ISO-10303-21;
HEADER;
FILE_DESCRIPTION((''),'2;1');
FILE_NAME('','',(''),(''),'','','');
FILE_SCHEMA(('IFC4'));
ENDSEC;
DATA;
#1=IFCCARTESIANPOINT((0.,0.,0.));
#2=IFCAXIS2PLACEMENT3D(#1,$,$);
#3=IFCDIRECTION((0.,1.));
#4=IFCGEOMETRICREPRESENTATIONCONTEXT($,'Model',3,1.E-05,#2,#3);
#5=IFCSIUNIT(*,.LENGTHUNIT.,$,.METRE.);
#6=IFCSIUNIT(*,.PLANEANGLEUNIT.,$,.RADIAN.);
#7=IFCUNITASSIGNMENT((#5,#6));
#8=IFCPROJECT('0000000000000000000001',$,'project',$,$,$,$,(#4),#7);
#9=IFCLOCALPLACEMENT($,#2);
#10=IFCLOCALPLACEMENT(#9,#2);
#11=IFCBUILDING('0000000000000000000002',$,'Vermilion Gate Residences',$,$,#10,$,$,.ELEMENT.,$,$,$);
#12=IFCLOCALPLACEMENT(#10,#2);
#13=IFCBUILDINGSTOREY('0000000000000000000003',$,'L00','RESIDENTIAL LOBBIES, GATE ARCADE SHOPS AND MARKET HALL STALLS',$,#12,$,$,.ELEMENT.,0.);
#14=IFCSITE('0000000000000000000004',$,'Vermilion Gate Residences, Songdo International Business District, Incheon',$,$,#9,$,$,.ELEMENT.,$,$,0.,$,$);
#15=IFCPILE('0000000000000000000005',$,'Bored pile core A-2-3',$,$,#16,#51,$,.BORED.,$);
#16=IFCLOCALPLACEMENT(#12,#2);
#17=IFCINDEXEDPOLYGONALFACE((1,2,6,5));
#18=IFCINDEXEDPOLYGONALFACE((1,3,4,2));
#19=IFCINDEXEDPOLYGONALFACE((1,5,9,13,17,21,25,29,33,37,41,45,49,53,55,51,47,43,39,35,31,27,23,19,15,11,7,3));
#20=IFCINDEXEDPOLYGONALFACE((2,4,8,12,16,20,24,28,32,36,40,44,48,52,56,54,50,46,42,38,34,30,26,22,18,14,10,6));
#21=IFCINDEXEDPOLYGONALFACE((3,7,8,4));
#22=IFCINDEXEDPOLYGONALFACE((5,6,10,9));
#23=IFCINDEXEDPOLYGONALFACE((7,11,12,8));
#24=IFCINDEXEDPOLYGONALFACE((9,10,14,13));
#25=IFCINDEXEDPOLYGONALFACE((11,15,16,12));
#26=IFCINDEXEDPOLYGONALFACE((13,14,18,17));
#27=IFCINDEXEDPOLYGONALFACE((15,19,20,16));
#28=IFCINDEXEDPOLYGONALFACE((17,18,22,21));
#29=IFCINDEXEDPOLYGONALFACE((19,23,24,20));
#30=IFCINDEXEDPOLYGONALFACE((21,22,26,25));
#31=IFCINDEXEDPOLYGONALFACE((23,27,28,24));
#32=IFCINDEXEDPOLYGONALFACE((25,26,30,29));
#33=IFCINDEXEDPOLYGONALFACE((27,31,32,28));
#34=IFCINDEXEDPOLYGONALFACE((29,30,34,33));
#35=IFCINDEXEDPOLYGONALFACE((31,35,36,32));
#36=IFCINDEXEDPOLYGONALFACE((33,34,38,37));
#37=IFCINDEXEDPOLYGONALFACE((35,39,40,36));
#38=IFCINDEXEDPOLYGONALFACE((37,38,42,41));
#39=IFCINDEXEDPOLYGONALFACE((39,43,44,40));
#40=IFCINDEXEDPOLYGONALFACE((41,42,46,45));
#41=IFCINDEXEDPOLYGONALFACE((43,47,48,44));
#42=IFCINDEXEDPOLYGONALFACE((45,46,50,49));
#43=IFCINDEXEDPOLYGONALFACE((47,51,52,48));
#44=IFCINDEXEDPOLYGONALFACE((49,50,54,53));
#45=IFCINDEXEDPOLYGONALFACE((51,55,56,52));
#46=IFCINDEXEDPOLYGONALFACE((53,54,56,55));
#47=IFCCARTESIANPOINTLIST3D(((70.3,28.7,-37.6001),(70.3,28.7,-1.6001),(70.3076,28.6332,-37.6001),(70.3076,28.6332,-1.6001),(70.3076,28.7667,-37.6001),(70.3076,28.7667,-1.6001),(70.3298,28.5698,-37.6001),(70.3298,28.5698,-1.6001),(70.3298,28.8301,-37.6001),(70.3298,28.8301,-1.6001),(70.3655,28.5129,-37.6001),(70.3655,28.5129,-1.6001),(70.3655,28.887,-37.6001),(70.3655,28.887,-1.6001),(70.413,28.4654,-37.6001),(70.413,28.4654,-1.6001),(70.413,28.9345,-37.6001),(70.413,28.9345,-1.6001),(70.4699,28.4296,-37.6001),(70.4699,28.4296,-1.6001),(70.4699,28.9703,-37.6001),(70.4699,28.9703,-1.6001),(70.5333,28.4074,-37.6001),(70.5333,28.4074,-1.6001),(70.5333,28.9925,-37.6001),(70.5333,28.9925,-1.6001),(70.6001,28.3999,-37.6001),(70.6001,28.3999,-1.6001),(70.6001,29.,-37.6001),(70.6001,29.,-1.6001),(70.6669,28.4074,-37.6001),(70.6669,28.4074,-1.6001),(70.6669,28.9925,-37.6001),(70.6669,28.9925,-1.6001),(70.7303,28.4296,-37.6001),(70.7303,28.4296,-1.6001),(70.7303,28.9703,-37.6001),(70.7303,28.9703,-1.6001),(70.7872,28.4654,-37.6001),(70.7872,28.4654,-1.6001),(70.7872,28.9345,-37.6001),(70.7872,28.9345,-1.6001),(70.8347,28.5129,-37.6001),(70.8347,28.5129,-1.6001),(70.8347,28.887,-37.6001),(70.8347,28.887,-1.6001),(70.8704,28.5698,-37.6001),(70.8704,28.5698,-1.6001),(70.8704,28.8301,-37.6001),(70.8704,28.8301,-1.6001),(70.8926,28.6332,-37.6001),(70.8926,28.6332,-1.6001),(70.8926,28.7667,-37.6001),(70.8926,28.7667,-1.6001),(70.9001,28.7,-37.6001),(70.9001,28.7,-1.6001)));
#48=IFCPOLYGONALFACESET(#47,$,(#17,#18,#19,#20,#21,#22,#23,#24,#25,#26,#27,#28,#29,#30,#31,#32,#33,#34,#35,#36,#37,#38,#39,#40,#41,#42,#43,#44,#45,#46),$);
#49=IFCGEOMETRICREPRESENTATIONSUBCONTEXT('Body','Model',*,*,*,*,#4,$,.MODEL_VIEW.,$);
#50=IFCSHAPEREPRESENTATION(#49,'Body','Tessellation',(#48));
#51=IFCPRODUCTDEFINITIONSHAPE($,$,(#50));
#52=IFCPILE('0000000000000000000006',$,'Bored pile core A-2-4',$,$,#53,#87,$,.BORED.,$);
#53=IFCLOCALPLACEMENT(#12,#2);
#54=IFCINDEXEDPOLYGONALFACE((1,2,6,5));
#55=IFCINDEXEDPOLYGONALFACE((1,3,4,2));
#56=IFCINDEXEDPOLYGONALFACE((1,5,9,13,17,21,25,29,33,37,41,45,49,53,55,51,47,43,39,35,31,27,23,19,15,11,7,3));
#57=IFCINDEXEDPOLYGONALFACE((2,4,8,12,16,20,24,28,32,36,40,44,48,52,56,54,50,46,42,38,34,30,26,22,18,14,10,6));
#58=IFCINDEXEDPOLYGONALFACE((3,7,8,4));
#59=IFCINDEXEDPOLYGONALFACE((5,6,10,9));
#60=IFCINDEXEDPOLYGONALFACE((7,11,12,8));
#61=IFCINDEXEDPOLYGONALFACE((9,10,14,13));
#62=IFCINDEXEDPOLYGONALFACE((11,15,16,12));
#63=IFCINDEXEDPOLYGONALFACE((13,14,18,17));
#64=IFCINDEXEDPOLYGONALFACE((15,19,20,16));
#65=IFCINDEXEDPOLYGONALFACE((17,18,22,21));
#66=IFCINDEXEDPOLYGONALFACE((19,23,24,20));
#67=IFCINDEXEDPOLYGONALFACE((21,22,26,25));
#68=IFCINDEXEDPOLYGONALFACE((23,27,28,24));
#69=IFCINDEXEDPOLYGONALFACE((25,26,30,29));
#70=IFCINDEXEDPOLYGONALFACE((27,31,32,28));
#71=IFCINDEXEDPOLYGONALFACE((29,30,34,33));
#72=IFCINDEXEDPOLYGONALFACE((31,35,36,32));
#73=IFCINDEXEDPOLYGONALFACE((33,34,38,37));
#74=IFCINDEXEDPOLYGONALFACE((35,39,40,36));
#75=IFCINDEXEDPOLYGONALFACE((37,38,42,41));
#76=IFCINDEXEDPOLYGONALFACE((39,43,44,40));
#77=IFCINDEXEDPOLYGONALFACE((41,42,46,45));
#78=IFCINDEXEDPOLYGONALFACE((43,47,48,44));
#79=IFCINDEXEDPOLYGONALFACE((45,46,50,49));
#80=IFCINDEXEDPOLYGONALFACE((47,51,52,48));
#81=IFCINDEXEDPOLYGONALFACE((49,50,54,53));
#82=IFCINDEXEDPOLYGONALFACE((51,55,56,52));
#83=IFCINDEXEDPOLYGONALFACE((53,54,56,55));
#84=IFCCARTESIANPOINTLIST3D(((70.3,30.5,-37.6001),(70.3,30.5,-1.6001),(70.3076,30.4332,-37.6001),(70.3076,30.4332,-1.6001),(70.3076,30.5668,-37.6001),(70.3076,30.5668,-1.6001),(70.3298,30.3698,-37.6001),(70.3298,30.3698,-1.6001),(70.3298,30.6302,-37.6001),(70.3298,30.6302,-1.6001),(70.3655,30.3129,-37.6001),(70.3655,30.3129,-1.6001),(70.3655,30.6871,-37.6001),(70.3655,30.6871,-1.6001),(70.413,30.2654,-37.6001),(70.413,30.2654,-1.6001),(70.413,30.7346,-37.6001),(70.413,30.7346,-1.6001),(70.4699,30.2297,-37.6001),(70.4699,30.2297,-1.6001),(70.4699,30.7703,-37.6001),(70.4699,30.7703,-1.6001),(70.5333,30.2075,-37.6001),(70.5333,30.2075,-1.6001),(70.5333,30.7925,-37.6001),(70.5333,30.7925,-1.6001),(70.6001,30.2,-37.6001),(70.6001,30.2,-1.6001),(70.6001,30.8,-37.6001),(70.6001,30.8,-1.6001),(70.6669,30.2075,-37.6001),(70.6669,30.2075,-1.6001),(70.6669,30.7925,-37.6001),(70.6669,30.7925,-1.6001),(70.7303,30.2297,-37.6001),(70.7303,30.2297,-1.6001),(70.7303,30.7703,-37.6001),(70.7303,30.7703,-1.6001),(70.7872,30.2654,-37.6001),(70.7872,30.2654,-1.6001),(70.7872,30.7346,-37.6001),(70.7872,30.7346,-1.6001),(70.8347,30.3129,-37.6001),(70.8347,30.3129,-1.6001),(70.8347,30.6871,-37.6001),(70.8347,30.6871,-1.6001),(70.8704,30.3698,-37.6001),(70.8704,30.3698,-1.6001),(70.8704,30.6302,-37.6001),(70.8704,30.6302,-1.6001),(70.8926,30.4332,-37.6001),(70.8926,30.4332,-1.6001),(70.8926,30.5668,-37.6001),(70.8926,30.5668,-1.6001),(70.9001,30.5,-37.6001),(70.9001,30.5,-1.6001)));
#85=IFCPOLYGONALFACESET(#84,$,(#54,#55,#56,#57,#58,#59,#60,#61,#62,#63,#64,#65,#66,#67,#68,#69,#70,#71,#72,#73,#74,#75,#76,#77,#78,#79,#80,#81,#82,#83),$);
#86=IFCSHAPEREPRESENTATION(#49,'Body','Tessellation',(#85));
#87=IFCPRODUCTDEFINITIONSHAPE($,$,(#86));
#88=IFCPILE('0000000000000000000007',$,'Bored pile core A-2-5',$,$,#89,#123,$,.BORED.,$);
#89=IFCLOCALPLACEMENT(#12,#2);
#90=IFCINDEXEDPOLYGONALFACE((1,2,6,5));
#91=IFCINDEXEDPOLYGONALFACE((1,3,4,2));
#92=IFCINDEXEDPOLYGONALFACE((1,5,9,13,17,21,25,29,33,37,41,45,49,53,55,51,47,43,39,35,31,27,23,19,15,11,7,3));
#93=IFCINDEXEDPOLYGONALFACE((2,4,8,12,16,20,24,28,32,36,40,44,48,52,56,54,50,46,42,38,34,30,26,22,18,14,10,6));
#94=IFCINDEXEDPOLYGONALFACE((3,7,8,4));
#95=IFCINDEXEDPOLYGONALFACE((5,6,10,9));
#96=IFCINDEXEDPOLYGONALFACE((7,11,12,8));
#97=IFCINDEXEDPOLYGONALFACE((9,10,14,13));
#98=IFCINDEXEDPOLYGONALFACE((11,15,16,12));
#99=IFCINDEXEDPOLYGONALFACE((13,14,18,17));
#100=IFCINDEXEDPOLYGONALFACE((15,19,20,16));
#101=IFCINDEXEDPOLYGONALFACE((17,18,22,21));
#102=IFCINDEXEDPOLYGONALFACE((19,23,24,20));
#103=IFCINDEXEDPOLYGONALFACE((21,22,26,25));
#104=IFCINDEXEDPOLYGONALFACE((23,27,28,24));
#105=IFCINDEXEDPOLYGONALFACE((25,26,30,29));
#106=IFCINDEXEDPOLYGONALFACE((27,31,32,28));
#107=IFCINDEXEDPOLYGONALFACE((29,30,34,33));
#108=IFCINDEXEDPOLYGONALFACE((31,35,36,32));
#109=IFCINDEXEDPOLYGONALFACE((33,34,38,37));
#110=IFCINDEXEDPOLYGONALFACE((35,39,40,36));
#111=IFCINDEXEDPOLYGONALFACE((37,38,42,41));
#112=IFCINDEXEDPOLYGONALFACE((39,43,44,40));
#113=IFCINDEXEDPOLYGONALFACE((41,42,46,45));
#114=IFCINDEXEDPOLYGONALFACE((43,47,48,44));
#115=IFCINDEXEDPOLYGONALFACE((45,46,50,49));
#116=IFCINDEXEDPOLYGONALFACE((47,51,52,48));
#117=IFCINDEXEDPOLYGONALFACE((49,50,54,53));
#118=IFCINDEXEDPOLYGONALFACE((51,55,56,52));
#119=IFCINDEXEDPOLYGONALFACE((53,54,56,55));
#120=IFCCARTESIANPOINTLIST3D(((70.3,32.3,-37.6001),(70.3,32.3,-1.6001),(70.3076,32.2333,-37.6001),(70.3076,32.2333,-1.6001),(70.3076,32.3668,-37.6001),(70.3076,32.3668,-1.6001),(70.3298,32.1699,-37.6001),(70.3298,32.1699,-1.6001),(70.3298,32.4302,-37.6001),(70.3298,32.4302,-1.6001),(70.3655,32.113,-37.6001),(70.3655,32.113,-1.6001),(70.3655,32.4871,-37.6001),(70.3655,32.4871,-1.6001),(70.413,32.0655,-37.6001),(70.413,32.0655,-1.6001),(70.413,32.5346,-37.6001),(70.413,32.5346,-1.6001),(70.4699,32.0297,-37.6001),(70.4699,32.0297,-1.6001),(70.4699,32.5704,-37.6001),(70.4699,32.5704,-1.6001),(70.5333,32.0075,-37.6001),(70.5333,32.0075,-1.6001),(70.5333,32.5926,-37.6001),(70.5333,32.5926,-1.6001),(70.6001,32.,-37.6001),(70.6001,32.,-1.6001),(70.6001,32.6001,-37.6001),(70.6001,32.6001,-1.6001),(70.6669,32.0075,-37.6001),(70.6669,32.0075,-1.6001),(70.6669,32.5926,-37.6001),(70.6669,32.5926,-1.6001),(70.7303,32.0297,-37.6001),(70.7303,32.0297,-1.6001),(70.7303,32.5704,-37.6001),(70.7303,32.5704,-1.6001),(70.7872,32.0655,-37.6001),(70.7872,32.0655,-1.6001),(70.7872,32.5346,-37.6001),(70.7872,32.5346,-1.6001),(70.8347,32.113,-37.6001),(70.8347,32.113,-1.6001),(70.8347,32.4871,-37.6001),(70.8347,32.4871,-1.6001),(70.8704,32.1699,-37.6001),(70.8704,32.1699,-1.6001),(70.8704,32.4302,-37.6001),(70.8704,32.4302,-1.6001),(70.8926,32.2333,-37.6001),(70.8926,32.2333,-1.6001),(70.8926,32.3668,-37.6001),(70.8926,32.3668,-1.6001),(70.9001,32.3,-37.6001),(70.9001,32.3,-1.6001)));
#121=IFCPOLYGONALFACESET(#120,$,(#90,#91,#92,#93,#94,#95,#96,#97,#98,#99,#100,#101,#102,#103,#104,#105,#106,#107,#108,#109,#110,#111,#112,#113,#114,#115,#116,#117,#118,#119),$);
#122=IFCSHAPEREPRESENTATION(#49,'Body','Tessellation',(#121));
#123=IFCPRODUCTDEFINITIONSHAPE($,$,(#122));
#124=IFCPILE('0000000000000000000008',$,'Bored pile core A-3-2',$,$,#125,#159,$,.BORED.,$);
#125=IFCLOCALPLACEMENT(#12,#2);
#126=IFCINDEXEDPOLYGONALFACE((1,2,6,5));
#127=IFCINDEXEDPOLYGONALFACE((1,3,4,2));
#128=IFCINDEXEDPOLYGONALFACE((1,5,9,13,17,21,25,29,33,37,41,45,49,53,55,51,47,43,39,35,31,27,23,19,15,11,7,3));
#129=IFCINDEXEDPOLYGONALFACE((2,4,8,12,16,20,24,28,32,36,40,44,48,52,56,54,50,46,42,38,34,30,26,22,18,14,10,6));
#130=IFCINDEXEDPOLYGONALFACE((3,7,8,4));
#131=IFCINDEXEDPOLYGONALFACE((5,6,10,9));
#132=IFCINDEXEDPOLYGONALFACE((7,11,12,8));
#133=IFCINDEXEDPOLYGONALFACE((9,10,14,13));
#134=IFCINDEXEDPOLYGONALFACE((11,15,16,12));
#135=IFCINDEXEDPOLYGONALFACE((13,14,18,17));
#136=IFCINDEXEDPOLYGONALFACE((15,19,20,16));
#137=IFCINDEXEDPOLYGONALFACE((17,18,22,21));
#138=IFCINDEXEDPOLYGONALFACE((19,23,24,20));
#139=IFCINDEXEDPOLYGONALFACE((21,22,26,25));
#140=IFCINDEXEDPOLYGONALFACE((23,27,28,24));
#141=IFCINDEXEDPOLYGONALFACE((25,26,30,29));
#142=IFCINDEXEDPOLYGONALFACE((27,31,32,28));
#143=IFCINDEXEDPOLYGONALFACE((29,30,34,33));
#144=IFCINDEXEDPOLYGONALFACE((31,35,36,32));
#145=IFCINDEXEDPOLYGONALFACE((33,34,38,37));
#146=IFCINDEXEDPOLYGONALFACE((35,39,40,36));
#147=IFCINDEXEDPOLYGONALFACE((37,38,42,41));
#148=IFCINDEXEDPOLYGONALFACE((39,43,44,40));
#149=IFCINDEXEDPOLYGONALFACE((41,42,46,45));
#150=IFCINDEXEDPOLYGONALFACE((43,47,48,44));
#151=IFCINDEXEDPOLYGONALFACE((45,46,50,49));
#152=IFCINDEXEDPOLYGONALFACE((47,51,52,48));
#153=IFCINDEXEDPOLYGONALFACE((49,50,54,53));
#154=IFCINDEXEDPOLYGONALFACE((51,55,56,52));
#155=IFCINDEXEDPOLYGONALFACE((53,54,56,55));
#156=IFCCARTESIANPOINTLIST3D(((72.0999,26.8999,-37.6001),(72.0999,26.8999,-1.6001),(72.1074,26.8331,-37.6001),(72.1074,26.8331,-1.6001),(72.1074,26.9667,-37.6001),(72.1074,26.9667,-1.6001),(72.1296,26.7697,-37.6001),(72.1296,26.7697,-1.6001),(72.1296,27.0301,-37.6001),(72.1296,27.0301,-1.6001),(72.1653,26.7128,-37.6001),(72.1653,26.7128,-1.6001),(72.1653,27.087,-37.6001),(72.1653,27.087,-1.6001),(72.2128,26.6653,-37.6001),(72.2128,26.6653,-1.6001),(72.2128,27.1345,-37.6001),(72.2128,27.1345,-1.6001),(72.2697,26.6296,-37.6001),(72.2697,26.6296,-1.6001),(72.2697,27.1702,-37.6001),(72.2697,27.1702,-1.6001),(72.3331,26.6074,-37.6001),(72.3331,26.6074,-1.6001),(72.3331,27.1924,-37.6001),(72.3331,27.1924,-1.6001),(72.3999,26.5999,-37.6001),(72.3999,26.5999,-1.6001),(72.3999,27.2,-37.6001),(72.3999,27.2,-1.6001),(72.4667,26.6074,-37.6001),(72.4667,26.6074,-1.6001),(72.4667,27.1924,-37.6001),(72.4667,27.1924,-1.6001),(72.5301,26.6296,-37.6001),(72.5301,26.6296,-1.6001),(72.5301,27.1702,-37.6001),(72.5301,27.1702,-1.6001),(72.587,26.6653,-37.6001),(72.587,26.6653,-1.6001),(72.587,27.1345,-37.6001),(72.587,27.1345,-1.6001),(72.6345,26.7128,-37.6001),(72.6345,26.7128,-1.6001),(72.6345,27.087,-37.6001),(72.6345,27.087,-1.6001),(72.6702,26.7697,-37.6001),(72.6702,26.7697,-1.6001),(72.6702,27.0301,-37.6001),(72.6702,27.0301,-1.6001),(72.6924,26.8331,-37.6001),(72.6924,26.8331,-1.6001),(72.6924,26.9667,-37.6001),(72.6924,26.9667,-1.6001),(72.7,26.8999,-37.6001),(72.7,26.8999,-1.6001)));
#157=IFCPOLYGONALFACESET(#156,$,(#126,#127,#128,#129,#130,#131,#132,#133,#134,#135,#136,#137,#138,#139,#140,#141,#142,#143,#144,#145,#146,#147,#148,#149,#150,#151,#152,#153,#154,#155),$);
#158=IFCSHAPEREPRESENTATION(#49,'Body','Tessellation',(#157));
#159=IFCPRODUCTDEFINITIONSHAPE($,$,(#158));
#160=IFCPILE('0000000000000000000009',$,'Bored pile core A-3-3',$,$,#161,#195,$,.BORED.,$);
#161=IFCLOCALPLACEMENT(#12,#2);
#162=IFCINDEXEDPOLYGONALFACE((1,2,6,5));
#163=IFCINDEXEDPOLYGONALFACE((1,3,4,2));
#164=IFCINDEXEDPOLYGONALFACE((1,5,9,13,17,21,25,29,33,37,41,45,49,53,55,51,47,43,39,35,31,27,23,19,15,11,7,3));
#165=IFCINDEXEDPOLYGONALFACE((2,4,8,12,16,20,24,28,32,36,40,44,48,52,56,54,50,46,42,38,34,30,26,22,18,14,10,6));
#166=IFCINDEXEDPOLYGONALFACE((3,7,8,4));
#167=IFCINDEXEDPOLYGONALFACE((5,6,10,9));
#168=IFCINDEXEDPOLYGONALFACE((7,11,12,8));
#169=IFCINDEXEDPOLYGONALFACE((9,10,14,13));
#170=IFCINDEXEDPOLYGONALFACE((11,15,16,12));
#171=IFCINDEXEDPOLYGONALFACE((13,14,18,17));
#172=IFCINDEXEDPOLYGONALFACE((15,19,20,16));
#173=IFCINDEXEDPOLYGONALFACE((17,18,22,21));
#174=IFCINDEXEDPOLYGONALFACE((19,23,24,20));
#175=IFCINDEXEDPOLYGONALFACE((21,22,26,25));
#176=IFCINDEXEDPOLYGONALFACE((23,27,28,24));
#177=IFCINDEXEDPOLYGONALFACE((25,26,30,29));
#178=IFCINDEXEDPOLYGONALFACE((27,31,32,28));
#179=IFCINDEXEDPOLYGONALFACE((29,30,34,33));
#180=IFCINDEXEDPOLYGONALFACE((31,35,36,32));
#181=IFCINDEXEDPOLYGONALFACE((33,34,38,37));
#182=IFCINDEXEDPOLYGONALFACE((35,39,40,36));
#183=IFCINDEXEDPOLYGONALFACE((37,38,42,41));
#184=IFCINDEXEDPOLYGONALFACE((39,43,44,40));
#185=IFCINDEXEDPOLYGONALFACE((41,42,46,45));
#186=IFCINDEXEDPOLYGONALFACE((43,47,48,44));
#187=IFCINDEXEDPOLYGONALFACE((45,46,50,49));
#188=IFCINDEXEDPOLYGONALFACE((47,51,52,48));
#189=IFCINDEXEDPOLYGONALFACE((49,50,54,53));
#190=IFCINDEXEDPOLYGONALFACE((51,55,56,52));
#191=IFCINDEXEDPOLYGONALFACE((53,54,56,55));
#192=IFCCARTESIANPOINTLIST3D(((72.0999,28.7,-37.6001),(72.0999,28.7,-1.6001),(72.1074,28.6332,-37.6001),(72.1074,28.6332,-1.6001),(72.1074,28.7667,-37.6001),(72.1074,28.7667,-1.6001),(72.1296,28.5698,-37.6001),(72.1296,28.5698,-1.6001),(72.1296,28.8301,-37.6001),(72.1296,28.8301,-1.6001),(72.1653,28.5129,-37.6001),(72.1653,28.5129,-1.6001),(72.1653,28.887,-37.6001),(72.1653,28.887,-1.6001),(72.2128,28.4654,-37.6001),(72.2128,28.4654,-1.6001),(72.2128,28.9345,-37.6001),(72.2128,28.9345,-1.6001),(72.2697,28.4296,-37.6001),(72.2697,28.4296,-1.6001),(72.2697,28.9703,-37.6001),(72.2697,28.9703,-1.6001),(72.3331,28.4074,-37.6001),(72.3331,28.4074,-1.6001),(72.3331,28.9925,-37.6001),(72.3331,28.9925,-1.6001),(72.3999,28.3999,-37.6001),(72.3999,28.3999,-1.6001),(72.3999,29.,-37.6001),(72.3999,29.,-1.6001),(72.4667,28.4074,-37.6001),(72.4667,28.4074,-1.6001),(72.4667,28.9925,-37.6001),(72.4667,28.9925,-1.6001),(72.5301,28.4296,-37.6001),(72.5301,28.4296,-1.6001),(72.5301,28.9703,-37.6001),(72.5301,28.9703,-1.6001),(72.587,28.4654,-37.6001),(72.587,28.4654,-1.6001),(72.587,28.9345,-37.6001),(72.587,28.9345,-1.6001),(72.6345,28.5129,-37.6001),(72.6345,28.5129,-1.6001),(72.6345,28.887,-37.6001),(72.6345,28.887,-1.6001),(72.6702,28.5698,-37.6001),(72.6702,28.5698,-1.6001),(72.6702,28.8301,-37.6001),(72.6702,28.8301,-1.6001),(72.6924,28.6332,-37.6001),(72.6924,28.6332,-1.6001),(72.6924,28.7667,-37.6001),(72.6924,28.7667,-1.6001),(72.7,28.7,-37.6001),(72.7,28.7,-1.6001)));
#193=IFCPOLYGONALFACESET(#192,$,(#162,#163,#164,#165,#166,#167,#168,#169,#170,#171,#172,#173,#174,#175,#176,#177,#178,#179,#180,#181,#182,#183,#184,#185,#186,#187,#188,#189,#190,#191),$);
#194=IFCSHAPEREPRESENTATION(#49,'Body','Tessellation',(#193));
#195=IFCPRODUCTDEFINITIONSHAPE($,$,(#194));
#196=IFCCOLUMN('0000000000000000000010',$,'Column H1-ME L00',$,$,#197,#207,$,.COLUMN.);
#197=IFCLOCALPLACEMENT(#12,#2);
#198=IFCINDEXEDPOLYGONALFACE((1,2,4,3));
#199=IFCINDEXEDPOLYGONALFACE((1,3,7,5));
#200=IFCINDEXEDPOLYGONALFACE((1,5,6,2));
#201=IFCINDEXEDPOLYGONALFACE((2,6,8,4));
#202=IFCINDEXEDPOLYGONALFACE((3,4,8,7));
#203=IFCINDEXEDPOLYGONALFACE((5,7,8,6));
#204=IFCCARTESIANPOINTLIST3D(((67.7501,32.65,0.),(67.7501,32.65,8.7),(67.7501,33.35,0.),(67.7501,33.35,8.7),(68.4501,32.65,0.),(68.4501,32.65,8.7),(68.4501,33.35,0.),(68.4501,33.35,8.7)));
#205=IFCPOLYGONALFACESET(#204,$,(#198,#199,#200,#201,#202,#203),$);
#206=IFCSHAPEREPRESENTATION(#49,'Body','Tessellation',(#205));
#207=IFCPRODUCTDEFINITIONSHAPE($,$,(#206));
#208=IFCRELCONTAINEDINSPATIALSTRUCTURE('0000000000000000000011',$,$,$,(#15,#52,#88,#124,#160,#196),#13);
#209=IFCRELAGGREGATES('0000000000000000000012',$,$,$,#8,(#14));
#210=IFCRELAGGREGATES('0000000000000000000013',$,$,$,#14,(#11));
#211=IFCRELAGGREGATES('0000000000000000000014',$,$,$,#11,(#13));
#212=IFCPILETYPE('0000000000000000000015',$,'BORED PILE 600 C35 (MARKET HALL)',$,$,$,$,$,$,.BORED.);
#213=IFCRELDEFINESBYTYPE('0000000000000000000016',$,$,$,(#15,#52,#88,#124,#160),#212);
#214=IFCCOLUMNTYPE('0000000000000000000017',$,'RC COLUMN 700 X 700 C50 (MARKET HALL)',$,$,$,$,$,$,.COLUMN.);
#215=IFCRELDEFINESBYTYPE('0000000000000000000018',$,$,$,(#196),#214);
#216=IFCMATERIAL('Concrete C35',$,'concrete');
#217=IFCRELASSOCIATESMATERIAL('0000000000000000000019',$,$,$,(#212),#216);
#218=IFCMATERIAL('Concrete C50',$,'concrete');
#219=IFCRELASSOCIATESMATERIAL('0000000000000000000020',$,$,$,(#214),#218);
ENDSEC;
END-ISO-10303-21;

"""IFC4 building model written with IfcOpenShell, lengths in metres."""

from ifc_helpers import new_model, si_unit, direction, frame, origin, origin_2d, place, context, subcontext, project, spatial, rectangle, circle, extrude, material, material_profile, profile_set, type_object, element, save


model = new_model("IFC4")

# Units and contexts
model_context = context("Model", 3, precision=1e-05, world=origin(), true_north=direction((0.0, 1.0)))
body_context = subcontext(model_context, "Body", "Model", "MODEL_VIEW")
ifc_project = project(units=[si_unit("LENGTHUNIT", "METRE"), si_unit("PLANEANGLEUNIT", "RADIAN")], contexts=[model_context])

# Site, building, storey
site_placement = place(None, origin())
site = spatial("IfcSite", under=ifc_project, at=site_placement, Name="Vermilion Gate Residences, Songdo International Business District, Incheon", CompositionType="ELEMENT", RefElevation=0.0)
building_placement = place(site_placement, origin())
building = spatial("IfcBuilding", under=site, at=building_placement, Name="Vermilion Gate Residences", CompositionType="ELEMENT")
storey_placement = place(building_placement, origin())
storey = spatial("IfcBuildingStorey", under=building, at=storey_placement, Name="L00", Description="RESIDENTIAL LOBBIES, GATE ARCADE SHOPS AND MARKET HALL STALLS", CompositionType="ELEMENT", Elevation=0.0)

# Piles
ifc_material_1 = material(Name="Concrete C35", Category="concrete")
ifc_material_profile_1 = material_profile(ifc_material_1, circle(Radius=0.3, at=origin_2d()), Name="BORED PILE 600 C35 (MARKET HALL)")
ifc_profile_set_1 = profile_set([ifc_material_profile_1], Name="Concrete C35")
pile_type = type_object("IfcPileType", Name="BORED PILE 600 C35 (MARKET HALL)", PredefinedType="BORED", material=ifc_profile_set_1)
for number, where, z_axis, x_axis, name in (
    (1, (70.6001, 28.7, -1.6001), (0.0, 0.0, -1.0), (1.0, 0.0, 0.0), "Bored pile core A-2-3"),
    (2, (70.6001, 30.5, -1.6001), (0.0, 0.0, -1.0), (1.0, 0.0, 0.0), "Bored pile core A-2-4"),
    (3, (70.6001, 32.3, -1.6001), (0.0, 0.0, -1.0), (1.0, 0.0, 0.0), "Bored pile core A-2-5"),
    (4, (72.3999, 26.8999, -1.6001), (0.0, 0.0, -1.0), (1.0, 0.0, 0.0), "Bored pile core A-3-2"),
    (5, (72.3999, 28.7, -1.6001), (0.0, 0.0, -1.0), (1.0, 0.0, 0.0), "Bored pile core A-3-3"),
):
    element("IfcPile", number, at=place(storey_placement, frame(where, z_axis=z_axis, x_axis=x_axis)), inside=storey, type_object=pile_type, Name=name, PredefinedType="BORED", context=body_context, shape_type="SweptSolid", body=[
        extrude(circle(Radius=0.3, at=origin_2d()), origin(), (0.0, 0.0, 1.0), 36.0),
    ])

# Column
ifc_material_2 = material(Name="Concrete C50", Category="concrete")
ifc_material_profile_2 = material_profile(ifc_material_2, rectangle(XDim=0.7, YDim=0.7, at=origin_2d()), Name="RC COLUMN 700 X 700 C50 (MARKET HALL)")
ifc_profile_set_2 = profile_set([ifc_material_profile_2], Name="Concrete C50")
column_type = type_object("IfcColumnType", Name="RC COLUMN 700 X 700 C50 (MARKET HALL)", PredefinedType="COLUMN", material=ifc_profile_set_2)
column_placement = place(storey_placement, frame((68.1001, 33.0, 0.0), z_axis=(0.0, 0.0, 1.0), x_axis=(1.0, 0.0, 0.0)))
element("IfcColumn", 6, at=column_placement, inside=storey, type_object=column_type, Name="Column H1-ME L00", PredefinedType="COLUMN", context=body_context, shape_type="SweptSolid", body=[
    extrude(rectangle(XDim=0.7, YDim=0.7, at=origin_2d()), origin(), (0.0, 0.0, 1.0), 8.7),
])

save(model, "model.ifc")
